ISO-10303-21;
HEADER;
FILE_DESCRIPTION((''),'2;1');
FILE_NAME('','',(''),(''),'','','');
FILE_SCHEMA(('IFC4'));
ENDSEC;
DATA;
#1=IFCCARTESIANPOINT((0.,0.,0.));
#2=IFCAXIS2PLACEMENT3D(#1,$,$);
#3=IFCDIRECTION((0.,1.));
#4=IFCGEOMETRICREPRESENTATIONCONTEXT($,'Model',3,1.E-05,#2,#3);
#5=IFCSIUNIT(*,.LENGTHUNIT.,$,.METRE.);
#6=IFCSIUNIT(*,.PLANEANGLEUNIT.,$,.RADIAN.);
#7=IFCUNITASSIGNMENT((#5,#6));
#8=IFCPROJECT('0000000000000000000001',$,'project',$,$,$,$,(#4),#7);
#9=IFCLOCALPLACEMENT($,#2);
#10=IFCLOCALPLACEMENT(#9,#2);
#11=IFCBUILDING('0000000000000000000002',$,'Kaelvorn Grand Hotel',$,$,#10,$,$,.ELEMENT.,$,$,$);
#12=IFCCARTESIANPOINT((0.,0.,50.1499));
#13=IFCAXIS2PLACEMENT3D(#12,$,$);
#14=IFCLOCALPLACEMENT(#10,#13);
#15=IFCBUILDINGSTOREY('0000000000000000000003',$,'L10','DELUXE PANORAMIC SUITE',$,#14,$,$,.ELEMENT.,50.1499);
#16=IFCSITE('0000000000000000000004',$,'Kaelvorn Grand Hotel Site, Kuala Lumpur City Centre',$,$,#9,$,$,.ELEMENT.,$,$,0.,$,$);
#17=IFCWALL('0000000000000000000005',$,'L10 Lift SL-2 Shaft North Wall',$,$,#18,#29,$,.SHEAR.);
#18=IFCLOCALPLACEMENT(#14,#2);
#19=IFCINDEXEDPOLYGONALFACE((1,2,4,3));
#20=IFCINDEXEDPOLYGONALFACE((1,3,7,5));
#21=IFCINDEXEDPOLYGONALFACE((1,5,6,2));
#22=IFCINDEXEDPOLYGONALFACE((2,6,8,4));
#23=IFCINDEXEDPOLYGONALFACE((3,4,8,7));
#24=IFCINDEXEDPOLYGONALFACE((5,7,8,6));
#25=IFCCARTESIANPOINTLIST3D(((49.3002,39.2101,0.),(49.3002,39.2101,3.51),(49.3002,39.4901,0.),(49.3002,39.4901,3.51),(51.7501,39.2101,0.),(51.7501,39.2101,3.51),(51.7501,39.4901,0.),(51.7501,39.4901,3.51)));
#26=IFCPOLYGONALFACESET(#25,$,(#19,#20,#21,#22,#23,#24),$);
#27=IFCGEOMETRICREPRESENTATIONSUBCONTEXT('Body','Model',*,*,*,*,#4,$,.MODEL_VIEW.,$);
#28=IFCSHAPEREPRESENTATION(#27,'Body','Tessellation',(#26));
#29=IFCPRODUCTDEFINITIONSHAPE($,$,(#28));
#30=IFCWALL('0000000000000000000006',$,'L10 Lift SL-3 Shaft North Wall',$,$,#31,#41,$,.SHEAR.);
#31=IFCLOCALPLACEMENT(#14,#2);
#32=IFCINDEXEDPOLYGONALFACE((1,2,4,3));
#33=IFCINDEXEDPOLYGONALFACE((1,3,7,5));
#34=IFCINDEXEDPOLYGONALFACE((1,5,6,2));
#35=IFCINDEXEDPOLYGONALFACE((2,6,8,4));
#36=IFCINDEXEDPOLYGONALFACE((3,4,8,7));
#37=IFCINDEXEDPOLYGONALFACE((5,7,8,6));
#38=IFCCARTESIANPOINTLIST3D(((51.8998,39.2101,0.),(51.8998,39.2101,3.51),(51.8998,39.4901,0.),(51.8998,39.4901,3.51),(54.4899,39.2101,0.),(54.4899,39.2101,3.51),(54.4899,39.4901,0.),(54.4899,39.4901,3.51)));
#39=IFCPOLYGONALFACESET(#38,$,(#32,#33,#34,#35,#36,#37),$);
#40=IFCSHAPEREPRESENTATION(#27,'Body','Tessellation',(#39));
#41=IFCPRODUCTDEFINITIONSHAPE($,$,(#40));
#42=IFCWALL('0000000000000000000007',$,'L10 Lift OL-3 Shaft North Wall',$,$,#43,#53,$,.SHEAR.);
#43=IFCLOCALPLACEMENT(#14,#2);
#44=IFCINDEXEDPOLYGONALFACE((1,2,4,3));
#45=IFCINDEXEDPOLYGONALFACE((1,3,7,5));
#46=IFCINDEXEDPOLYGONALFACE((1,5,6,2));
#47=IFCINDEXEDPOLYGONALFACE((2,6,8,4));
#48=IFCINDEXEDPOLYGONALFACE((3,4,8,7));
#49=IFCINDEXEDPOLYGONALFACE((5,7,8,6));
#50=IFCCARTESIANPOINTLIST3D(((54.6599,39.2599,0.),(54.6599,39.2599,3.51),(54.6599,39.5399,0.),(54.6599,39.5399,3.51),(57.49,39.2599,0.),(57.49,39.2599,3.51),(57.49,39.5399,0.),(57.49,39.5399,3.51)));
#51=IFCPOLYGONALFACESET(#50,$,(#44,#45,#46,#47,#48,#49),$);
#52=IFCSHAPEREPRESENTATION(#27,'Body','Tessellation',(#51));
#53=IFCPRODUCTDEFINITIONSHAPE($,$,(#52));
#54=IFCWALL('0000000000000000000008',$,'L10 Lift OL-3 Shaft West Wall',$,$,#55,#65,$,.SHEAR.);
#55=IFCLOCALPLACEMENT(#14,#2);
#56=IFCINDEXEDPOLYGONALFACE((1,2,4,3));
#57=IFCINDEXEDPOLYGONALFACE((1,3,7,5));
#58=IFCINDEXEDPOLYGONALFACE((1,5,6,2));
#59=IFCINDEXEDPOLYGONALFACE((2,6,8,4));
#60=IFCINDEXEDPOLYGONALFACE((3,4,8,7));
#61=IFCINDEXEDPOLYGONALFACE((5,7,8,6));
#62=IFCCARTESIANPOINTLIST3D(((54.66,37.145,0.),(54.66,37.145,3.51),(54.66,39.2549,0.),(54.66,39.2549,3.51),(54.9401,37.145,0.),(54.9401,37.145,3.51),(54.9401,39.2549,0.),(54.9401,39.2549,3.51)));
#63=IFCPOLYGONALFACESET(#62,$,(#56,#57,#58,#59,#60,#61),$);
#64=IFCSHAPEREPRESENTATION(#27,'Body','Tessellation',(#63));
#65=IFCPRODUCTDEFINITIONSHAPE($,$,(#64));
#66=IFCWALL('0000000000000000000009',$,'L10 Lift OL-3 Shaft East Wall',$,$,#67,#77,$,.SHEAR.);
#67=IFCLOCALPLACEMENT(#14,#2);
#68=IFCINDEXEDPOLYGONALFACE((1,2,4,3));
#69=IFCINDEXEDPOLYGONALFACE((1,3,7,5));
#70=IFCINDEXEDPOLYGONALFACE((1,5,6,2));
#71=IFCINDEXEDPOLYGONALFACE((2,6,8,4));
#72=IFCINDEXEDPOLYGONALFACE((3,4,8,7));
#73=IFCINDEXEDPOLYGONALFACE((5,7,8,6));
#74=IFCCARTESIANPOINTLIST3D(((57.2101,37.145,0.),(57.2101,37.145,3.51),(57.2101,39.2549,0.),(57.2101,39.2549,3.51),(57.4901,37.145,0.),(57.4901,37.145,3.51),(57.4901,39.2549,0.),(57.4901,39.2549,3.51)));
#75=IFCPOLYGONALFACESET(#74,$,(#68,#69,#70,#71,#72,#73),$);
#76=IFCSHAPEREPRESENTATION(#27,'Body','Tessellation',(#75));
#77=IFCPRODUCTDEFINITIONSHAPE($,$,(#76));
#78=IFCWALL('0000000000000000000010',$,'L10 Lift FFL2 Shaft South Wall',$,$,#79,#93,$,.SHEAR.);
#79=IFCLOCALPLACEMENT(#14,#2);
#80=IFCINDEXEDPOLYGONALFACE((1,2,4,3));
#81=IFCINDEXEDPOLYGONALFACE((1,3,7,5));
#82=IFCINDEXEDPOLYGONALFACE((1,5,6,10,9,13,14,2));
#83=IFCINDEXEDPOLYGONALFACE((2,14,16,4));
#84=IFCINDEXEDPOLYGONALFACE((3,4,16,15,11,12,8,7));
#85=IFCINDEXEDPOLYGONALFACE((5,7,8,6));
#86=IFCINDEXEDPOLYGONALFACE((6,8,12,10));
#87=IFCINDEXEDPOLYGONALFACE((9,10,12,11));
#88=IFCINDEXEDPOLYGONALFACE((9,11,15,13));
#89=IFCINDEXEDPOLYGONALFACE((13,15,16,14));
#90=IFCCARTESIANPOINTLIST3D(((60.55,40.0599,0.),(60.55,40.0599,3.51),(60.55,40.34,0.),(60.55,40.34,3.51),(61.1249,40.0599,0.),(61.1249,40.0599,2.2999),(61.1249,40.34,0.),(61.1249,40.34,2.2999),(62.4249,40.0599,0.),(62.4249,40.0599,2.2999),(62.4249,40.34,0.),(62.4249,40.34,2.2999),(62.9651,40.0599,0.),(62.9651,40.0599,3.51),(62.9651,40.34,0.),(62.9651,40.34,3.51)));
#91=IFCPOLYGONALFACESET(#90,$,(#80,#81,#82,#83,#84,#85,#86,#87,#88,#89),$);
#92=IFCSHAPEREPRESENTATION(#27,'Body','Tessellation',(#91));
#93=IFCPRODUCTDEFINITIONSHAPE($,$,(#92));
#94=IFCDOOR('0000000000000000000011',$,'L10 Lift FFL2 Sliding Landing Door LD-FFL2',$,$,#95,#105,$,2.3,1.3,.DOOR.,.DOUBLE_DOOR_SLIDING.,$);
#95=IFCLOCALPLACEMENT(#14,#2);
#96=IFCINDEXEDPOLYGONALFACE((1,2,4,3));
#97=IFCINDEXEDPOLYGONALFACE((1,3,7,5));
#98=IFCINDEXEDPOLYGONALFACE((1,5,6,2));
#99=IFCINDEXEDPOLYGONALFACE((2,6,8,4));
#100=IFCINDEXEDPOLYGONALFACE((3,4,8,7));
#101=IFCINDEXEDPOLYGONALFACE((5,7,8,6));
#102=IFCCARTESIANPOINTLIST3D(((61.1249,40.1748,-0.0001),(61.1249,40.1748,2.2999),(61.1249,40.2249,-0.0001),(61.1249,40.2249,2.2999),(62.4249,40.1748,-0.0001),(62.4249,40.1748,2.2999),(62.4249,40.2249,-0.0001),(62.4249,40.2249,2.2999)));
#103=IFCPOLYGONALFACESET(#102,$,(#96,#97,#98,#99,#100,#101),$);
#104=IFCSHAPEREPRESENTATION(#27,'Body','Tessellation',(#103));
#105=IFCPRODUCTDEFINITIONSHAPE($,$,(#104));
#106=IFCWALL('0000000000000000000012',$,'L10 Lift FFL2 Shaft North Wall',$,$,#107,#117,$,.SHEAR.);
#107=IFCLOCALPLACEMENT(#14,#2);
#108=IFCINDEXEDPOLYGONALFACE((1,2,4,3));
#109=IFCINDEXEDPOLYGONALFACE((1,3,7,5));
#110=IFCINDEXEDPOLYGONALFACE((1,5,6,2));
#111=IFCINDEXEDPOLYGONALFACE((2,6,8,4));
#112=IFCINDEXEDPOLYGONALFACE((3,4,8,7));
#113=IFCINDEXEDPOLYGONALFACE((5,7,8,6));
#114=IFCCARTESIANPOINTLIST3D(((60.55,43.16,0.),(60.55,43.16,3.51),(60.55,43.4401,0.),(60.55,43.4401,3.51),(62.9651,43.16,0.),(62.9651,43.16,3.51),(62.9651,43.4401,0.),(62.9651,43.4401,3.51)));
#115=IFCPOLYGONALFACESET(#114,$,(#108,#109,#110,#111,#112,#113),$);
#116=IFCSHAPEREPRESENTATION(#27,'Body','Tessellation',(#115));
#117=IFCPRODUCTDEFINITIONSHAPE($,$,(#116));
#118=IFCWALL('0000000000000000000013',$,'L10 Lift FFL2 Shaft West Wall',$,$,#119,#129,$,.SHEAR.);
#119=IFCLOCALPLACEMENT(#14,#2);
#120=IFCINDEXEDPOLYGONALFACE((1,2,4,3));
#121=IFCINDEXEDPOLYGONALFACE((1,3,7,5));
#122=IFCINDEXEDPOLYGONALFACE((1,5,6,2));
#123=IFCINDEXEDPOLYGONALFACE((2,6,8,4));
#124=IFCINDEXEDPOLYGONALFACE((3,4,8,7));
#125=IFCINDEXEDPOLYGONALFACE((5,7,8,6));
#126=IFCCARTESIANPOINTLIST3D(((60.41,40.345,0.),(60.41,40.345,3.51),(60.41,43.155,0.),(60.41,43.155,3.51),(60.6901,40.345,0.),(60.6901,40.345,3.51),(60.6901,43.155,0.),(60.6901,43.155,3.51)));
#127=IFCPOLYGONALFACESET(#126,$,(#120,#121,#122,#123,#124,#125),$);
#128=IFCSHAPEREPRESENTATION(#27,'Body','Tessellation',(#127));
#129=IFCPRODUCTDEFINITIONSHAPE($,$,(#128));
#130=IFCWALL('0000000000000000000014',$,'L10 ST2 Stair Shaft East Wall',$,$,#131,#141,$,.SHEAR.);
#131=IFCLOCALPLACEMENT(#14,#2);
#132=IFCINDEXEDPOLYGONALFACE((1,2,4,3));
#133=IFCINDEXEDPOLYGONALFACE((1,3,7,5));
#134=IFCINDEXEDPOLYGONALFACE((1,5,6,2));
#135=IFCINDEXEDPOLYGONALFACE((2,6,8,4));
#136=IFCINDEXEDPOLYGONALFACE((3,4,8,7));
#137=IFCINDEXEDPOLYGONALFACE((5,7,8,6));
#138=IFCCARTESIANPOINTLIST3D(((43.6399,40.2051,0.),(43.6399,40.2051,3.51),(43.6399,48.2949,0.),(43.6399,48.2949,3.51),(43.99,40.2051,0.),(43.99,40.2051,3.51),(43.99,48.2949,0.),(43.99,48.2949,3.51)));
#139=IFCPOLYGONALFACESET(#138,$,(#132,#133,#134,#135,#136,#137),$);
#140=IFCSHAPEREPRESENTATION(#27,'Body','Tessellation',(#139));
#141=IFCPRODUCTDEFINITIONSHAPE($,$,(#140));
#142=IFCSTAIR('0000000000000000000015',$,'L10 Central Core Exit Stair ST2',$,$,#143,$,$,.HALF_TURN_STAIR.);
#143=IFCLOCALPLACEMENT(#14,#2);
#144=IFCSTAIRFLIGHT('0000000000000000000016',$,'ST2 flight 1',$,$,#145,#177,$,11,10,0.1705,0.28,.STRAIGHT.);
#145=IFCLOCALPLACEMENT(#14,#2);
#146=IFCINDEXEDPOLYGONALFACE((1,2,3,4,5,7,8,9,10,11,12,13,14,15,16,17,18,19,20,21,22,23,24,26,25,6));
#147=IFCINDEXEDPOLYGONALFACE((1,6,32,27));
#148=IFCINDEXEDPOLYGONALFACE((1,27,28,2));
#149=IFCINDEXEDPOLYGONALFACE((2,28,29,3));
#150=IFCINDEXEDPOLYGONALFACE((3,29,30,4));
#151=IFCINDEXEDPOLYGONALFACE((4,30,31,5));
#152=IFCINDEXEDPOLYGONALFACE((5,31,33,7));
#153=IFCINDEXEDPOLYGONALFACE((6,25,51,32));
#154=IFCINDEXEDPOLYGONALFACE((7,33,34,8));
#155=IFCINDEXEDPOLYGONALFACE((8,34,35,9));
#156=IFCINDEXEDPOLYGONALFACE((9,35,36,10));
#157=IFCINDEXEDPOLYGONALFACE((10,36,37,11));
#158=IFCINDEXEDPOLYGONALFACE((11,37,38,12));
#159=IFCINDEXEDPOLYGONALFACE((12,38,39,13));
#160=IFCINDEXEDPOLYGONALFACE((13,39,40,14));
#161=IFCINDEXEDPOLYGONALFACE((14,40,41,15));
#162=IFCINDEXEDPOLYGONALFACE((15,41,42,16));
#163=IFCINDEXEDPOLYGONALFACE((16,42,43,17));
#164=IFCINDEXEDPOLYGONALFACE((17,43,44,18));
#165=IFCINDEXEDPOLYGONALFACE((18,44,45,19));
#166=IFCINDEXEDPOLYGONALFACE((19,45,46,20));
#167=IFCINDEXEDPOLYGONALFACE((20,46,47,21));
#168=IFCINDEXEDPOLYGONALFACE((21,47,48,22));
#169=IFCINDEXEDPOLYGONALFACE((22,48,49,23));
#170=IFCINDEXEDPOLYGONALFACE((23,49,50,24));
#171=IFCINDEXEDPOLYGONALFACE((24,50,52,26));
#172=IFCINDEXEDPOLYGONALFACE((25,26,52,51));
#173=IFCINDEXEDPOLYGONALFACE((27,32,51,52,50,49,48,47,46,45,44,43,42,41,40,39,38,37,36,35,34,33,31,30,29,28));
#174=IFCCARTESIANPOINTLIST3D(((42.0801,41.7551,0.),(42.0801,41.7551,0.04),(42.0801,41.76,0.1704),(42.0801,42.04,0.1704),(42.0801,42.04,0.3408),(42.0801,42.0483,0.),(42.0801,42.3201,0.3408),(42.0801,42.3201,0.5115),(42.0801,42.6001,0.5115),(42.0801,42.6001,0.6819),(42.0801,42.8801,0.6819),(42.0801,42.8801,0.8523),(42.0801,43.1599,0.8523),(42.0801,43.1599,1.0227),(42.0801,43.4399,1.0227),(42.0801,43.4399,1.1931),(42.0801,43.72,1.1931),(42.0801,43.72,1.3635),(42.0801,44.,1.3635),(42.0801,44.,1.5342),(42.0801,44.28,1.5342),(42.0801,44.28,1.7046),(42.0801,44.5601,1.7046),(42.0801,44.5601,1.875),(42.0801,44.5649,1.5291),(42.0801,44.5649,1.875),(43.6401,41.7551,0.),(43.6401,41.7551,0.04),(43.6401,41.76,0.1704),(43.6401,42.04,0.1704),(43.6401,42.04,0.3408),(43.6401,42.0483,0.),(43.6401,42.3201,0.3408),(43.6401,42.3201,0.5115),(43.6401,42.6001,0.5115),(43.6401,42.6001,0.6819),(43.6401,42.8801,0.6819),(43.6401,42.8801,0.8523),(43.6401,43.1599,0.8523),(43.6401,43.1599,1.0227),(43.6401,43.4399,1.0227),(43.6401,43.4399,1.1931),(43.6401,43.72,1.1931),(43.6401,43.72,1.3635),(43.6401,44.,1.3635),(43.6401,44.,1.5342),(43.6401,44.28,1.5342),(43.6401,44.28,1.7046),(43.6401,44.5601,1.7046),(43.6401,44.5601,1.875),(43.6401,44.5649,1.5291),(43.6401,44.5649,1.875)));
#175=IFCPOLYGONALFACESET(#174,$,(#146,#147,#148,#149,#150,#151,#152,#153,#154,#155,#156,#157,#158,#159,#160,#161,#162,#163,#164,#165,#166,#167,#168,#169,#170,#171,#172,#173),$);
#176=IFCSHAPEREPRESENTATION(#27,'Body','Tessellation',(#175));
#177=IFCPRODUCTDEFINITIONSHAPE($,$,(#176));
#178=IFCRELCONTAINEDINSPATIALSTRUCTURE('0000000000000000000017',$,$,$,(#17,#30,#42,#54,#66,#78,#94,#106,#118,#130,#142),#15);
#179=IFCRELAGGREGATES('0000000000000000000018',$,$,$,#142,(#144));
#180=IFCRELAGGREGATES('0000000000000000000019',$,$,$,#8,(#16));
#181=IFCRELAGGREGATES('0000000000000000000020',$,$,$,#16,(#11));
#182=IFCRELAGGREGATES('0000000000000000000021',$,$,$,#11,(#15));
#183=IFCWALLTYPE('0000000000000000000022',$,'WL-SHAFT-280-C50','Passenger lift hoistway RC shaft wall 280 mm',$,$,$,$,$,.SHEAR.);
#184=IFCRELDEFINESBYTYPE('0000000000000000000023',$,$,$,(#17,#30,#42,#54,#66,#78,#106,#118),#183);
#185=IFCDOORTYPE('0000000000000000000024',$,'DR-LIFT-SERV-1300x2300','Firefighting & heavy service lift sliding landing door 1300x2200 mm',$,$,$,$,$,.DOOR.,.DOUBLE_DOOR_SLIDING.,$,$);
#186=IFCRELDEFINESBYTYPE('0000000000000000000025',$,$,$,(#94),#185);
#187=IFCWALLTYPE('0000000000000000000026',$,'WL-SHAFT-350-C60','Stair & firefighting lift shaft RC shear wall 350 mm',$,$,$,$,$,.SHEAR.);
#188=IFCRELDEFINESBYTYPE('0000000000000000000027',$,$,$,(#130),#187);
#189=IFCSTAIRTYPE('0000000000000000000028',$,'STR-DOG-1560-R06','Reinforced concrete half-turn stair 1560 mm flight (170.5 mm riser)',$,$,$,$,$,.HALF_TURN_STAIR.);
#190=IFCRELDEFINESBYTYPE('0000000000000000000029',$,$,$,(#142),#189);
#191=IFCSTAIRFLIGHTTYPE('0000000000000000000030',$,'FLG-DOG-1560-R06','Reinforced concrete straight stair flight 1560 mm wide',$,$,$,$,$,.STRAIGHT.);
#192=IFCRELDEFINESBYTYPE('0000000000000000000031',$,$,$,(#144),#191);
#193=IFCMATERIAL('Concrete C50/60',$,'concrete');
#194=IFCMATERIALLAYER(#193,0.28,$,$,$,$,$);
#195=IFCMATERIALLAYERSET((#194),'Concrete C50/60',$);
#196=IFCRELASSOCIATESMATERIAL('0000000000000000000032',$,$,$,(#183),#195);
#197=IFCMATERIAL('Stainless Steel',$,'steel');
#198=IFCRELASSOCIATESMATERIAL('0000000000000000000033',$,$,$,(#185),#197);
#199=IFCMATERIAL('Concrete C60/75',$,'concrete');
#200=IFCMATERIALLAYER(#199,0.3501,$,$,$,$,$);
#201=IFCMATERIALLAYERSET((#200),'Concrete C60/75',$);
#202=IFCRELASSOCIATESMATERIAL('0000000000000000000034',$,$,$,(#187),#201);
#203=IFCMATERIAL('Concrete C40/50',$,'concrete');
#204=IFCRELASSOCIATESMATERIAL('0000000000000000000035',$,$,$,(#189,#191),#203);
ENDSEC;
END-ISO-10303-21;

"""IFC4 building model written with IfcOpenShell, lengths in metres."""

from ifc_helpers import new_model, si_unit, direction, frame, frame_2d, origin, place, context, subcontext, project, spatial, polyline, rectangle, outline, extrude, material, layer, layer_set, type_object, element, fill, aggregate, save


model = new_model("IFC4")

# Units and contexts
model_context = context("Model", 3, precision=1e-05, world=origin(), true_north=direction((0.0, 1.0)))
body_context = subcontext(model_context, "Body", "Model", "MODEL_VIEW")
ifc_project = project(units=[si_unit("LENGTHUNIT", "METRE"), si_unit("PLANEANGLEUNIT", "RADIAN")], contexts=[model_context])

# Site, building, storey
site_placement = place(None, origin())
site = spatial("IfcSite", under=ifc_project, at=site_placement, Name="Kaelvorn Grand Hotel Site, Kuala Lumpur City Centre", CompositionType="ELEMENT", RefElevation=0.0)
building_placement = place(site_placement, origin())
building = spatial("IfcBuilding", under=site, at=building_placement, Name="Kaelvorn Grand Hotel", CompositionType="ELEMENT")
storey_placement = place(building_placement, frame((0.0, 0.0, 50.1499)))
storey = spatial("IfcBuildingStorey", under=building, at=storey_placement, Name="L10", Description="DELUXE PANORAMIC SUITE", CompositionType="ELEMENT", Elevation=50.1499)

# Shared definitions
ifc_material_1 = material(Name="Concrete C60/75", Category="concrete")

# Shared definitions
ifc_material_2 = material(Name="Concrete C40/50", Category="concrete")

# Walls
ifc_material_3 = material(Name="Concrete C50/60", Category="concrete")
ifc_layer_1 = layer(ifc_material_3, 0.28)
ifc_layer_set_1 = layer_set([ifc_layer_1], Name="Concrete C50/60")
wall_type_1 = type_object("IfcWallType", Name="WL-SHAFT-280-C50", Description="Passenger lift hoistway RC shaft wall 280 mm", PredefinedType="SHEAR", material=ifc_layer_set_1)
for number, where, z_axis, x_axis, name in (
    (1, (49.3, 39.3501, 0.0), (0.0, 0.0, 1.0), (1.0, 0.0, 0.0), "L10 Lift SL-2 Shaft North Wall"),
):
    element("IfcWall", number, at=place(storey_placement, frame(where, z_axis=z_axis, x_axis=x_axis)), inside=storey, type_object=wall_type_1, Name=name, PredefinedType="SHEAR", context=body_context, shape_type="SweptSolid", body=[
        extrude(rectangle(XDim=2.45, YDim=0.28, at=frame_2d((1.2251, 0.0))), origin(), (0.0, 0.0, 1.0), 3.51),
    ])
wall_1_placement = place(storey_placement, frame((51.8999, 39.3501, 0.0), z_axis=(0.0, 0.0, 1.0), x_axis=(1.0, 0.0, 0.0)))
element("IfcWall", 2, at=wall_1_placement, inside=storey, type_object=wall_type_1, Name="L10 Lift SL-3 Shaft North Wall", PredefinedType="SHEAR", context=body_context, shape_type="SweptSolid", body=[
    extrude(rectangle(XDim=2.5901, YDim=0.28, at=frame_2d((1.2949, 0.0))), origin(), (0.0, 0.0, 1.0), 3.51),
])
wall_2_placement = place(storey_placement, frame((54.6599, 39.3999, 0.0), z_axis=(0.0, 0.0, 1.0), x_axis=(1.0, 0.0, 0.0)))
element("IfcWall", 3, at=wall_2_placement, inside=storey, type_object=wall_type_1, Name="L10 Lift OL-3 Shaft North Wall", PredefinedType="SHEAR", context=body_context, shape_type="SweptSolid", body=[
    extrude(rectangle(XDim=2.8301, YDim=0.28, at=frame_2d((1.415, 0.0))), origin(), (0.0, 0.0, 1.0), 3.51),
])
for number, where, z_axis, x_axis, name in (
    (4, (54.8, 37.145, 0.0), (0.0, 0.0, 1.0), (0.0, 1.0, 0.0), "L10 Lift OL-3 Shaft West Wall"),
    (5, (57.3501, 37.145, 0.0), (0.0, 0.0, 1.0), (0.0, 1.0, 0.0), "L10 Lift OL-3 Shaft East Wall"),
):
    element("IfcWall", number, at=place(storey_placement, frame(where, z_axis=z_axis, x_axis=x_axis)), inside=storey, type_object=wall_type_1, Name=name, PredefinedType="SHEAR", context=body_context, shape_type="SweptSolid", body=[
        extrude(rectangle(XDim=2.1099, YDim=0.28, at=frame_2d((1.0549, 0.0))), origin(), (0.0, 0.0, 1.0), 3.51),
    ])

# Wall, opening, door
wall_3_placement = place(storey_placement, frame((60.55, 40.2, 0.0), z_axis=(0.0, 0.0, 1.0), x_axis=(1.0, 0.0, 0.0)))
wall_3 = element("IfcWall", 6, at=wall_3_placement, inside=storey, type_object=wall_type_1, Name="L10 Lift FFL2 Shaft South Wall", PredefinedType="SHEAR", context=body_context, shape_type="SweptSolid", body=[
    extrude(rectangle(XDim=2.415, YDim=0.28, at=frame_2d((1.2075, 0.0))), origin(), (0.0, 0.0, 1.0), 3.51),
])
opening_1_placement = place(wall_3_placement, frame((0.575, 0.0, 0.0)))
opening_1 = element("IfcOpeningElement", 7, at=opening_1_placement, cuts=wall_3, PredefinedType="OPENING", context=body_context, shape_type="SweptSolid", body=[
    extrude(rectangle(XDim=1.3, YDim=2.3, at=frame_2d((0.6499, 1.1499))), frame((0.0, 0.1499, 0.0), z_axis=(0.0, -1.0, 0.0), x_axis=(1.0, 0.0, 0.0)), (0.0, 0.0, 1.0), 0.3),
])
ifc_material_4 = material(Name="Stainless Steel", Category="steel")
door_type_1 = type_object("IfcDoorType", Name="DR-LIFT-SERV-1300x2300", Description="Firefighting & heavy service lift sliding landing door 1300x2200 mm", OperationType="DOUBLE_DOOR_SLIDING", PredefinedType="DOOR", material=ifc_material_4)
door_1_placement = place(opening_1_placement, origin())
door_1 = element("IfcDoor", 8, at=door_1_placement, inside=storey, type_object=door_type_1, Name="L10 Lift FFL2 Sliding Landing Door LD-FFL2", OperationType="DOUBLE_DOOR_SLIDING", OverallHeight=2.3, OverallWidth=1.3, PredefinedType="DOOR", context=body_context, shape_type="SweptSolid", body=[
    extrude(rectangle(XDim=1.3, YDim=2.3, at=frame_2d((0.6499, 1.1499))), frame((0.0, 0.0249, 0.0), z_axis=(0.0, -1.0, 0.0), x_axis=(1.0, 0.0, 0.0)), (0.0, 0.0, 1.0), 0.05),
])
fill(opening_1, door_1)

# Walls
wall_4_placement = place(storey_placement, frame((60.55, 43.3, 0.0), z_axis=(0.0, 0.0, 1.0), x_axis=(1.0, 0.0, 0.0)))
element("IfcWall", 9, at=wall_4_placement, inside=storey, type_object=wall_type_1, Name="L10 Lift FFL2 Shaft North Wall", PredefinedType="SHEAR", context=body_context, shape_type="SweptSolid", body=[
    extrude(rectangle(XDim=2.415, YDim=0.28, at=frame_2d((1.2075, 0.0))), origin(), (0.0, 0.0, 1.0), 3.51),
])
wall_5_placement = place(storey_placement, frame((60.55, 40.345, 0.0), z_axis=(0.0, 0.0, 1.0), x_axis=(0.0, 1.0, 0.0)))
element("IfcWall", 10, at=wall_5_placement, inside=storey, type_object=wall_type_1, Name="L10 Lift FFL2 Shaft West Wall", PredefinedType="SHEAR", context=body_context, shape_type="SweptSolid", body=[
    extrude(rectangle(XDim=2.8101, YDim=0.28, at=frame_2d((1.405, 0.0))), origin(), (0.0, 0.0, 1.0), 3.51),
])
ifc_layer_2 = layer(ifc_material_1, 0.3501)
ifc_layer_set_2 = layer_set([ifc_layer_2], Name="Concrete C60/75")
wall_type_2 = type_object("IfcWallType", Name="WL-SHAFT-350-C60", Description="Stair & firefighting lift shaft RC shear wall 350 mm", PredefinedType="SHEAR", material=ifc_layer_set_2)
wall_6_placement = place(storey_placement, frame((43.8149, 40.2051, 0.0), z_axis=(0.0, 0.0, 1.0), x_axis=(0.0, 1.0, 0.0)))
element("IfcWall", 11, at=wall_6_placement, inside=storey, type_object=wall_type_2, Name="L10 ST2 Stair Shaft East Wall", PredefinedType="SHEAR", context=body_context, shape_type="SweptSolid", body=[
    extrude(rectangle(XDim=8.0898, YDim=0.3501, at=frame_2d((4.0449, 0.0))), origin(), (0.0, 0.0, 1.0), 3.51),
])

# Stair, stair flight
stair_type = type_object("IfcStairType", Name="STR-DOG-1560-R06", Description="Reinforced concrete half-turn stair 1560 mm flight (170.5 mm riser)", PredefinedType="HALF_TURN_STAIR", material=ifc_material_2)
stair_placement = place(storey_placement, origin())
stair = element("IfcStair", 12, at=stair_placement, inside=storey, type_object=stair_type, Name="L10 Central Core Exit Stair ST2", PredefinedType="HALF_TURN_STAIR")
stair_flight_type = type_object("IfcStairFlightType", Name="FLG-DOG-1560-R06", Description="Reinforced concrete straight stair flight 1560 mm wide", PredefinedType="STRAIGHT", material=ifc_material_2)
stair_flight_placement = place(storey_placement, frame((42.8601, 41.76, 0.0), z_axis=(0.0, 0.0, 1.0), x_axis=(0.0, 1.0, 0.0)))
stair_flight = element("IfcStairFlight", 13, at=stair_flight_placement, type_object=stair_flight_type, Name="ST2 flight 1", NumberOfRisers=11, NumberOfTreads=10, PredefinedType="STRAIGHT", RiserHeight=0.1705, TreadLength=0.28, context=body_context, shape_type="SweptSolid", body=[
    extrude(outline(polyline([(-0.0049, 0.0), (-0.0049, 0.04), (0.0, 0.1704), (0.28, 0.1704), (0.28, 0.3408), (0.5601, 0.3408), (0.5601, 0.5115), (0.8401, 0.5115), (0.8401, 0.6819), (1.1201, 0.6819), (1.1201, 0.8523), (1.3999, 0.8523), (1.3999, 1.0227), (1.6799, 1.0227), (1.6799, 1.1931), (1.96, 1.1931), (1.96, 1.3635), (2.24, 1.3635), (2.24, 1.5342), (2.52, 1.5342), (2.52, 1.7046), (2.8, 1.7046), (2.8, 1.875), (2.8049, 1.875), (2.8049, 1.5291), (0.2883, 0.0), (-0.0049, 0.0)])), frame((0.0, 0.78, 0.0), z_axis=(0.0, -1.0, 0.0), x_axis=(1.0, 0.0, 0.0)), (0.0, 0.0, 1.0), 1.5601),
])
aggregate(stair, [stair_flight])

save(model, "model.ifc")
